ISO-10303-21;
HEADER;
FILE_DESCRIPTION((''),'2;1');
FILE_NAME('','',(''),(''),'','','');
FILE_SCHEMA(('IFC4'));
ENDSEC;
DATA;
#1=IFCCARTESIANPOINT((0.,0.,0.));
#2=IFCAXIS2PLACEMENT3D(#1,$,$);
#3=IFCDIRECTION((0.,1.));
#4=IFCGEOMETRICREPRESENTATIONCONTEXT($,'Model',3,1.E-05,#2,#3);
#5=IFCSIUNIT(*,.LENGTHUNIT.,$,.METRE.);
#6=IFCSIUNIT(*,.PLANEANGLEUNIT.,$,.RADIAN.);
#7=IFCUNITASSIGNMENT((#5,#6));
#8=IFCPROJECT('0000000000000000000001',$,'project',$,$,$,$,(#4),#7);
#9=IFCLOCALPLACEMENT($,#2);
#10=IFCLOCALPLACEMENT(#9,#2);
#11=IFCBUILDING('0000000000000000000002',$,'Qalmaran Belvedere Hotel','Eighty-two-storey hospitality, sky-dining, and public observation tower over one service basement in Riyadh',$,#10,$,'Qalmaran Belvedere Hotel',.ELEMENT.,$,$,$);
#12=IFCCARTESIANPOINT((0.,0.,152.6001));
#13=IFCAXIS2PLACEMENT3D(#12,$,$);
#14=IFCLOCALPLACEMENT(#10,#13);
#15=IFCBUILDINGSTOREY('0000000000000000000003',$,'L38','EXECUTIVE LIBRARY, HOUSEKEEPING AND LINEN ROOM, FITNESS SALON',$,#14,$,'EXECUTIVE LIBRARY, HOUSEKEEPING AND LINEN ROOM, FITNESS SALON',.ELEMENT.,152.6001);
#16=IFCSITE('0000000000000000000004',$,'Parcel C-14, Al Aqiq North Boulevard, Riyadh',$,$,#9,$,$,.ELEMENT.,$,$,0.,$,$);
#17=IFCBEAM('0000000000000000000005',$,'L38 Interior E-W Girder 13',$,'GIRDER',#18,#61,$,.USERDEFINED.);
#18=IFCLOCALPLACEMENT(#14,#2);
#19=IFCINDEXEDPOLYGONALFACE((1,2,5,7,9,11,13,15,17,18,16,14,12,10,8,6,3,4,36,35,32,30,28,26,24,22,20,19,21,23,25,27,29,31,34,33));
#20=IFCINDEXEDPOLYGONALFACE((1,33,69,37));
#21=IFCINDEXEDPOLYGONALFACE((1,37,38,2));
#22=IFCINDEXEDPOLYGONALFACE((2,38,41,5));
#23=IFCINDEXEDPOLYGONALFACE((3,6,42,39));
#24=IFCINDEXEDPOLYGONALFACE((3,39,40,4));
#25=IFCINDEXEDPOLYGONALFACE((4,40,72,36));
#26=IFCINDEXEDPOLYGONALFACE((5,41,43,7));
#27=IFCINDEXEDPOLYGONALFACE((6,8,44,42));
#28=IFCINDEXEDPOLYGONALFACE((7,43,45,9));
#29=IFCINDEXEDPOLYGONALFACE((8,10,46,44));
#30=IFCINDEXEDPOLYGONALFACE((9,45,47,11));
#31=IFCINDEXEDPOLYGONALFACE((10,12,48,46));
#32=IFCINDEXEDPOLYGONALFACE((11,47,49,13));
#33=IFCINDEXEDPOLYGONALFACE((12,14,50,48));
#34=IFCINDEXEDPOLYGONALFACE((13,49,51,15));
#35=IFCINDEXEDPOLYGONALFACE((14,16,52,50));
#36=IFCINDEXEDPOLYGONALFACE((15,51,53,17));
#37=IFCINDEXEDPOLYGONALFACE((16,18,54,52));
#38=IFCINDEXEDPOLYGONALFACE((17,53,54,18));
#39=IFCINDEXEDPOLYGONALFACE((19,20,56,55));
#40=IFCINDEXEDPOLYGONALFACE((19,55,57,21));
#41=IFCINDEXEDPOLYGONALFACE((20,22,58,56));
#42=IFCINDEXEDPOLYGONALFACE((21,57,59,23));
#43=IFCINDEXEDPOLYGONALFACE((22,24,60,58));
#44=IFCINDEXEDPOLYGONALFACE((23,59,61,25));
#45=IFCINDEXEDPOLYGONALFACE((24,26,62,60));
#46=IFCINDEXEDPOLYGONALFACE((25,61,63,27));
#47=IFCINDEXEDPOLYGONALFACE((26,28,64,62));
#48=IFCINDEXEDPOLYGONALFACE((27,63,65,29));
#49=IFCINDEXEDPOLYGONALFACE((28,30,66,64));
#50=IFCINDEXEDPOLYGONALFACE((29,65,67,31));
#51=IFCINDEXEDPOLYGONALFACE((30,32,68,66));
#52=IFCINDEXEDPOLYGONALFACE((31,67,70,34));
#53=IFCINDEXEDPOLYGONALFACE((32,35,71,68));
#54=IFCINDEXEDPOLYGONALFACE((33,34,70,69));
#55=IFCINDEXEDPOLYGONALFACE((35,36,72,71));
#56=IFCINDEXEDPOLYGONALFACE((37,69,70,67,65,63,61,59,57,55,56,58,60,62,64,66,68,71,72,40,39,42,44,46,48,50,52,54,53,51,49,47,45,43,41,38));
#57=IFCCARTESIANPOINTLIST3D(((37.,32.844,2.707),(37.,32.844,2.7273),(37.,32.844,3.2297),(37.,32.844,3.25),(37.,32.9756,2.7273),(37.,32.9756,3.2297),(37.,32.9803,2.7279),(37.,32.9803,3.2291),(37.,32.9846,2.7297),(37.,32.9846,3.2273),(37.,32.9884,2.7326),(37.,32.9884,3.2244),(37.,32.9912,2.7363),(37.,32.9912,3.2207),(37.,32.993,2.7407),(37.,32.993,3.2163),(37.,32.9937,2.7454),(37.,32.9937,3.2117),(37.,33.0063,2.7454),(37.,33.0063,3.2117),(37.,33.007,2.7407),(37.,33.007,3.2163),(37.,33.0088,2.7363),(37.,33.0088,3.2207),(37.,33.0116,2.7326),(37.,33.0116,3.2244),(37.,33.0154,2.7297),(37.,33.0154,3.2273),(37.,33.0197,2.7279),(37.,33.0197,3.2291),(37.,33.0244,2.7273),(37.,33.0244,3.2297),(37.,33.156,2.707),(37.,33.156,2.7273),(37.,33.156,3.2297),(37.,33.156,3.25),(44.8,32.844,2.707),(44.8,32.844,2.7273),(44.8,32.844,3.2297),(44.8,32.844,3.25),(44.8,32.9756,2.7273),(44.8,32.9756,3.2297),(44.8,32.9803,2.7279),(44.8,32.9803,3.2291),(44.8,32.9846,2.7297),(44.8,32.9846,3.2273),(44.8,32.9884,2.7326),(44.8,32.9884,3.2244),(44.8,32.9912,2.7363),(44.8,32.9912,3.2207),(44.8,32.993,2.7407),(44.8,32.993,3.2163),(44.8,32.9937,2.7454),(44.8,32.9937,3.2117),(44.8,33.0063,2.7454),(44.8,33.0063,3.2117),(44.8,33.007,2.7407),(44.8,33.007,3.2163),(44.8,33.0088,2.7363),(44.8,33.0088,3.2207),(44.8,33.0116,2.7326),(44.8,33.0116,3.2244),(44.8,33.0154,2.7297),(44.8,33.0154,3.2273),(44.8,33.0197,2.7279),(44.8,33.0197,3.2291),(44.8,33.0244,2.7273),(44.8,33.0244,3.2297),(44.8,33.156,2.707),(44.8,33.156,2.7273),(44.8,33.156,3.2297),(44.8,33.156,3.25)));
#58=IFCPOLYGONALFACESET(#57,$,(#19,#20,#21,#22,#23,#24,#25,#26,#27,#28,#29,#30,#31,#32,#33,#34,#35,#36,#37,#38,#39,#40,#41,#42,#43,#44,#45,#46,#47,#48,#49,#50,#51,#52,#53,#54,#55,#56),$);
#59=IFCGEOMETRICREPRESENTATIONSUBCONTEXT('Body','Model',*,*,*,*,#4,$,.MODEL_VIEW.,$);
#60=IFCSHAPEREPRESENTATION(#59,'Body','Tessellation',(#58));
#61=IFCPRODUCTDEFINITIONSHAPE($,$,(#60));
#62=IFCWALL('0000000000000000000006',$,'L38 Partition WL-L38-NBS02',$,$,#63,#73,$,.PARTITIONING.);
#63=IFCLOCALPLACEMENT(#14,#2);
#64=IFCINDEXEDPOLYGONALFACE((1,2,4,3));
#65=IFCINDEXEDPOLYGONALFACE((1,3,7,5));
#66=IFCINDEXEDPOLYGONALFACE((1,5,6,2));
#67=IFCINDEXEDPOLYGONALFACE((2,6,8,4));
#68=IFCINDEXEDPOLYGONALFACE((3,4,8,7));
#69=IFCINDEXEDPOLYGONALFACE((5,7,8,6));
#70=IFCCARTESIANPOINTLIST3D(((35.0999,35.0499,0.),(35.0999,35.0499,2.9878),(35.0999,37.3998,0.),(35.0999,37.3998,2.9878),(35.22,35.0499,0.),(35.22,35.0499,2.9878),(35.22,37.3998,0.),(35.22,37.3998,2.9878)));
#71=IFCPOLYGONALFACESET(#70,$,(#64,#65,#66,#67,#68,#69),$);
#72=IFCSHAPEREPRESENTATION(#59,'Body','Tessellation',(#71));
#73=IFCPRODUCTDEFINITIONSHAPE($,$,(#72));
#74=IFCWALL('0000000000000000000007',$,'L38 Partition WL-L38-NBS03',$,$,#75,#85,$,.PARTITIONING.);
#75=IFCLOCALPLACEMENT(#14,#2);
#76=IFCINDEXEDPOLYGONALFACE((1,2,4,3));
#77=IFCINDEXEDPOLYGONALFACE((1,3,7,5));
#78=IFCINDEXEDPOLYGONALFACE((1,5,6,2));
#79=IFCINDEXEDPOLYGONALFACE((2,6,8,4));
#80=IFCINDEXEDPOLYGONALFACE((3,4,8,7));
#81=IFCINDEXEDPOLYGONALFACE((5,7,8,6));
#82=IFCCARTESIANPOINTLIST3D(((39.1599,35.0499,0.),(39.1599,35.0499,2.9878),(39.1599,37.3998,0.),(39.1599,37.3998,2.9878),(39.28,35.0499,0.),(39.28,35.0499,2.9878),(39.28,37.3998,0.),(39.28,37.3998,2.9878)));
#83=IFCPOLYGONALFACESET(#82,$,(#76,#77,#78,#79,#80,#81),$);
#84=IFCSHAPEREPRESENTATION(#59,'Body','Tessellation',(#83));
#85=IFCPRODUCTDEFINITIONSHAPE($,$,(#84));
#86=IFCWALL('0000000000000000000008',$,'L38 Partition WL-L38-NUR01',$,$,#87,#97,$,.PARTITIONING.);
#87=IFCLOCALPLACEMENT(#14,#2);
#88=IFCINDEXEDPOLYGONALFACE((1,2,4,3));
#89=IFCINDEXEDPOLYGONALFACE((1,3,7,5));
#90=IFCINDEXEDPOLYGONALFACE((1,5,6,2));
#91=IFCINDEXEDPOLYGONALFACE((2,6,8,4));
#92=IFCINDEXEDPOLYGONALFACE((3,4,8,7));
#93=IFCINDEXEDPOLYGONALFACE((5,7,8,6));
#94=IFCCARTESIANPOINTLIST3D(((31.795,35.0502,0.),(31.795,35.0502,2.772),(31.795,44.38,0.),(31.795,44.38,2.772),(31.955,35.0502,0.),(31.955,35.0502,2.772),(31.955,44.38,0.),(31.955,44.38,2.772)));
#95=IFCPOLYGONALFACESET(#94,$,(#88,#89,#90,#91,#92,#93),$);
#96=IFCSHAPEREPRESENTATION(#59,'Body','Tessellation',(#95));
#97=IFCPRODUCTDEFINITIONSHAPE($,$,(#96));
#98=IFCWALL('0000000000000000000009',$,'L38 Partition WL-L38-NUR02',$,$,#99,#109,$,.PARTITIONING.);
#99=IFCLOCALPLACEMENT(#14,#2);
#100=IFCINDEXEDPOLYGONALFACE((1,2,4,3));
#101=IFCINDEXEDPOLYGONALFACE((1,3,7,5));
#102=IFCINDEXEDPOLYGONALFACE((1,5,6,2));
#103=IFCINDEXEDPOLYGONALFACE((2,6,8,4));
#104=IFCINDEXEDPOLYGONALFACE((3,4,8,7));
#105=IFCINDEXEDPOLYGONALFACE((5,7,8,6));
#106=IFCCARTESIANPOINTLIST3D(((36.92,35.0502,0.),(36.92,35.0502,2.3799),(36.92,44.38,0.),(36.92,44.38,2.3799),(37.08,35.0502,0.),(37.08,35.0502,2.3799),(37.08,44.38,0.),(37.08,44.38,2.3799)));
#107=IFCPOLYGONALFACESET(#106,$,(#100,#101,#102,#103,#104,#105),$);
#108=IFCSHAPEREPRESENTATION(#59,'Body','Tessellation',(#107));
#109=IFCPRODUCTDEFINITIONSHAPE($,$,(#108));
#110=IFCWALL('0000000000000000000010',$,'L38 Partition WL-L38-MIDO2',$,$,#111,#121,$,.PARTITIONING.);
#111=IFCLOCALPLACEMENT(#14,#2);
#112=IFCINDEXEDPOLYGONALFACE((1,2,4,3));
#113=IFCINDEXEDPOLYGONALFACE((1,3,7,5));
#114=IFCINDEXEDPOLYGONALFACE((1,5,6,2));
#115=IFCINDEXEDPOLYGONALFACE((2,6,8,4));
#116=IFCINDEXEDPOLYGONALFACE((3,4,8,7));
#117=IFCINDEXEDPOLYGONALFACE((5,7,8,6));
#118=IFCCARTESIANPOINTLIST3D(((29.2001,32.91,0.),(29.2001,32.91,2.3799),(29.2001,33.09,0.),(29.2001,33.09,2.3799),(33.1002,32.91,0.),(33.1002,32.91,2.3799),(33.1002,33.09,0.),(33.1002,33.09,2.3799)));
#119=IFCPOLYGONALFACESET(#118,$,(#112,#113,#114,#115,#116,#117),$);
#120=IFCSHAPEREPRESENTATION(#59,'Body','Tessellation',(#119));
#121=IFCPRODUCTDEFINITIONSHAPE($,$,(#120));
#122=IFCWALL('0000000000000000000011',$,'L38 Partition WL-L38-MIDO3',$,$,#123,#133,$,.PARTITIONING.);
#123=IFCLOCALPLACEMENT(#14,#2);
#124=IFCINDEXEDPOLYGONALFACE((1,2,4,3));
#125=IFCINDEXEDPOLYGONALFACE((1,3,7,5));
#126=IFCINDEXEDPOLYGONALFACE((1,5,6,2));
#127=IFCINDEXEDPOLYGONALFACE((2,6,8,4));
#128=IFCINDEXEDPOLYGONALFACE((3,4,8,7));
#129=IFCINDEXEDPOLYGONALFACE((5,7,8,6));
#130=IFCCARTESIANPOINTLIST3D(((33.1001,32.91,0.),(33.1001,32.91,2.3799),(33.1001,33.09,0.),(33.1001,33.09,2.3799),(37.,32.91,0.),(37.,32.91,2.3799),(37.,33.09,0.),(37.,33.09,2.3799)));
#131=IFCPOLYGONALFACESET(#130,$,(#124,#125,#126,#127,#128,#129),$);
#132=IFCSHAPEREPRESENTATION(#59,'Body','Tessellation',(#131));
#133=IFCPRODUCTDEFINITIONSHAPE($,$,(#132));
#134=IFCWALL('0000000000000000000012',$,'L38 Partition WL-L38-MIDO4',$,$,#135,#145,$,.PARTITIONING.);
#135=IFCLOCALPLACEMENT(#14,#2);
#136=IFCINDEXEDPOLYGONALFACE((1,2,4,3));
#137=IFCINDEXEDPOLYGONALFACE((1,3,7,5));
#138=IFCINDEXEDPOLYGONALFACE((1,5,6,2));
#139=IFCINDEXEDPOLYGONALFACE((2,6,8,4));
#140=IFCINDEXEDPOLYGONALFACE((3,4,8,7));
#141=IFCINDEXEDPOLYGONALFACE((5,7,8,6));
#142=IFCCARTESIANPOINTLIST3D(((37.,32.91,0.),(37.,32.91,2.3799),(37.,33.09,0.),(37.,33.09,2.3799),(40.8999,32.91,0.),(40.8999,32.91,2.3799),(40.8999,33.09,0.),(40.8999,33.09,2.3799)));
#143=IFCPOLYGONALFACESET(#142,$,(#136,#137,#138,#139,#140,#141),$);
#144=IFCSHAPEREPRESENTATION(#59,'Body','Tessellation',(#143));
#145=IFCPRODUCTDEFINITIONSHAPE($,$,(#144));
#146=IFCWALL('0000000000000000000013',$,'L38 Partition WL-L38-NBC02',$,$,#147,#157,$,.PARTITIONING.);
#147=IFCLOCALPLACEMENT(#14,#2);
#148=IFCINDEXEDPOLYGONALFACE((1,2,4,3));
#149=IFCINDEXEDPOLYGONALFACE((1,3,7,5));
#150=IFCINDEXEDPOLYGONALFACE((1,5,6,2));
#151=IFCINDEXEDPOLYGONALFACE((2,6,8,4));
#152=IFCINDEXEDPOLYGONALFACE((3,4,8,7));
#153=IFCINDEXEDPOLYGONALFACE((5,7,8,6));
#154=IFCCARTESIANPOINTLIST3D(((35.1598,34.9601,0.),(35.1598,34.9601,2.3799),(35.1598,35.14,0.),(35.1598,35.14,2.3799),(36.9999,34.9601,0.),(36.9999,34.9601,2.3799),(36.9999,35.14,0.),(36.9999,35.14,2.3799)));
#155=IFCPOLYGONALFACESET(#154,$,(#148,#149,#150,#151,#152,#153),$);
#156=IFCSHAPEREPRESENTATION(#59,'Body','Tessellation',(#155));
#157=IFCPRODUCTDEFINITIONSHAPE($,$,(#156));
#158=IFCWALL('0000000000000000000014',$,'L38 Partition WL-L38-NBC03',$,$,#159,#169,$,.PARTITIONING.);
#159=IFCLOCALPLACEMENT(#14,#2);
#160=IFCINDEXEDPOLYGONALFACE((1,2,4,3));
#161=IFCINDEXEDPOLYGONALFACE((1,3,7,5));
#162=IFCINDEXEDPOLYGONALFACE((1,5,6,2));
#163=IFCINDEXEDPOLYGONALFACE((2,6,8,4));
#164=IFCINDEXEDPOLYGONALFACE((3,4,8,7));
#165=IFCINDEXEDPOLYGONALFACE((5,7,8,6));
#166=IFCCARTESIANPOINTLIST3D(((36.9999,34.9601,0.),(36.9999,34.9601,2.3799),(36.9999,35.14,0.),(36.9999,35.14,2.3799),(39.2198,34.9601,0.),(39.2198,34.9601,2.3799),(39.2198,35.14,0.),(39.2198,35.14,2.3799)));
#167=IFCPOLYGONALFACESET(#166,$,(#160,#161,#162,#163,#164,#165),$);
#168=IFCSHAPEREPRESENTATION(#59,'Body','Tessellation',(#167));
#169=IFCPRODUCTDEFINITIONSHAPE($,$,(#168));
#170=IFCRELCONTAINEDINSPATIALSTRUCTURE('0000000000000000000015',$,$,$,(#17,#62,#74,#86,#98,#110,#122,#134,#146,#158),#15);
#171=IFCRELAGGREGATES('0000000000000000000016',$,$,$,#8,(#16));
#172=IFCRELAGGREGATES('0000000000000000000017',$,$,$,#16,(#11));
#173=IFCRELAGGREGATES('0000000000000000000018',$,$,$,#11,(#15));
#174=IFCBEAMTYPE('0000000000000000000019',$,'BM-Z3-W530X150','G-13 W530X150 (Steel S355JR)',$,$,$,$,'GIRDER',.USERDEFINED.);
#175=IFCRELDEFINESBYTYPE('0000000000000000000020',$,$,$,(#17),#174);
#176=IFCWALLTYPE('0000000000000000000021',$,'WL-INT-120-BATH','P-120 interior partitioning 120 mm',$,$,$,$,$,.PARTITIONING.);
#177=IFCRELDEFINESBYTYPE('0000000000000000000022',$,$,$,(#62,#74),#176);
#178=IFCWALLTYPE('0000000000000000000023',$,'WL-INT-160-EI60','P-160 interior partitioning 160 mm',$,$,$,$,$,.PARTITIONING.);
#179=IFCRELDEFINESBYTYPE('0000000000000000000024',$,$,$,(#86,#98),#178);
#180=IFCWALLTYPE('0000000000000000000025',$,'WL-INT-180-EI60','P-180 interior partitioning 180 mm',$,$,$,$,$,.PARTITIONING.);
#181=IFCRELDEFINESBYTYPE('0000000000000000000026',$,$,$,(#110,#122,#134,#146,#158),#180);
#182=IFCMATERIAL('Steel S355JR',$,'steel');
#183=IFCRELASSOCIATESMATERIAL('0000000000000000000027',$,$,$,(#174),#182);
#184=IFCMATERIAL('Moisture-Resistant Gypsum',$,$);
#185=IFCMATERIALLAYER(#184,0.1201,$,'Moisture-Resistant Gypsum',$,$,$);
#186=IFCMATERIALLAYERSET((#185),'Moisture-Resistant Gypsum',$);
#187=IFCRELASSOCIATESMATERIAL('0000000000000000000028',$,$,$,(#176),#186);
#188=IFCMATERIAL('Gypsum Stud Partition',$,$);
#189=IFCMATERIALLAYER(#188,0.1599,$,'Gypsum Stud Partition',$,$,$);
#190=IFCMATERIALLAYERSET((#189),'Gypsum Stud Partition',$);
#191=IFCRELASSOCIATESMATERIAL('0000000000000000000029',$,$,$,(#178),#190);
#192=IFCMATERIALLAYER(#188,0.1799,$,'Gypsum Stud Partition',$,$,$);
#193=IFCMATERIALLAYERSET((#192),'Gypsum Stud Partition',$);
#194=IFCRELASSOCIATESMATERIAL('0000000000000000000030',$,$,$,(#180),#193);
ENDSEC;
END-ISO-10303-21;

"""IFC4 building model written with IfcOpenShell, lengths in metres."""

from ifc_helpers import new_model, si_unit, direction, frame, frame_2d, origin, origin_2d, place, context, subcontext, project, spatial, rectangle, i_section, extrude, material, layer, layer_set, material_profile, profile_set, type_object, element, save


model = new_model("IFC4")

# Units and contexts
model_context = context("Model", 3, precision=1e-05, world=origin(), true_north=direction((0.0, 1.0)))
body_context = subcontext(model_context, "Body", "Model", "MODEL_VIEW")
ifc_project = project(units=[si_unit("LENGTHUNIT", "METRE"), si_unit("PLANEANGLEUNIT", "RADIAN")], contexts=[model_context])

# Site, building, storey
site_placement = place(None, origin())
site = spatial("IfcSite", under=ifc_project, at=site_placement, Name="Parcel C-14, Al Aqiq North Boulevard, Riyadh", CompositionType="ELEMENT", RefElevation=0.0)
building_placement = place(site_placement, origin())
building = spatial("IfcBuilding", under=site, at=building_placement, Name="Qalmaran Belvedere Hotel", Description="Eighty-two-storey hospitality, sky-dining, and public observation tower over one service basement in Riyadh", LongName="Qalmaran Belvedere Hotel", CompositionType="ELEMENT")
storey_placement = place(building_placement, frame((0.0, 0.0, 152.6001)))
storey = spatial("IfcBuildingStorey", under=building, at=storey_placement, Name="L38", Description="EXECUTIVE LIBRARY, HOUSEKEEPING AND LINEN ROOM, FITNESS SALON", LongName="EXECUTIVE LIBRARY, HOUSEKEEPING AND LINEN ROOM, FITNESS SALON", CompositionType="ELEMENT", Elevation=152.6001)

# Beam
ifc_material_1 = material(Name="Steel S355JR", Category="steel")
ifc_material_profile_1 = material_profile(ifc_material_1, i_section(OverallWidth=0.312, OverallDepth=0.543, WebThickness=0.0127, FlangeThickness=0.0203, FilletRadius=0.0181, at=origin_2d()), Name="W530X150")
ifc_profile_set_1 = profile_set([ifc_material_profile_1], Name="Steel S355JR")
beam_type_1 = type_object("IfcBeamType", Name="BM-Z3-W530X150", Description="G-13 W530X150 (Steel S355JR)", ElementType="GIRDER", PredefinedType="USERDEFINED", material=ifc_profile_set_1)
for number, where, z_axis, x_axis, name in (
    (1, (37.0, 33.0, 2.9785), (1.0, 0.0, 0.0), (0.0, 1.0, 0.0), "L38 Interior E-W Girder 13"),
):
    element("IfcBeam", number, at=place(storey_placement, frame(where, z_axis=z_axis, x_axis=x_axis)), inside=storey, type_object=beam_type_1, Name=name, ObjectType="GIRDER", PredefinedType="USERDEFINED", context=body_context, shape_type="SweptSolid", body=[
        extrude(i_section(OverallWidth=0.312, OverallDepth=0.543, WebThickness=0.0127, FlangeThickness=0.0203, FilletRadius=0.0181, at=origin_2d()), origin(), (0.0, 0.0, 1.0), 7.8),
    ])

# Walls
ifc_material_2 = material(Name="Moisture-Resistant Gypsum")
ifc_layer_1 = layer(ifc_material_2, 0.1201, Name="Moisture-Resistant Gypsum")
ifc_layer_set_1 = layer_set([ifc_layer_1], Name="Moisture-Resistant Gypsum")
wall_type_1 = type_object("IfcWallType", Name="WL-INT-120-BATH", Description="P-120 interior partitioning 120 mm", PredefinedType="PARTITIONING", material=ifc_layer_set_1)
for number, where, z_axis, x_axis, name in (
    (2, (35.1599, 35.05, 0.0), (0.0, 0.0, 1.0), (0.0, 1.0, 0.0), "L38 Partition WL-L38-NBS02"),
    (3, (39.22, 35.05, 0.0), (0.0, 0.0, 1.0), (0.0, 1.0, 0.0), "L38 Partition WL-L38-NBS03"),
):
    element("IfcWall", number, at=place(storey_placement, frame(where, z_axis=z_axis, x_axis=x_axis)), inside=storey, type_object=wall_type_1, Name=name, PredefinedType="PARTITIONING", context=body_context, shape_type="SweptSolid", body=[
        extrude(rectangle(XDim=2.3499, YDim=0.1201, at=frame_2d((1.1748, 0.0))), origin(), (0.0, 0.0, 1.0), 2.9878),
    ])
ifc_material_3 = material(Name="Gypsum Stud Partition")
ifc_layer_2 = layer(ifc_material_3, 0.1599, Name="Gypsum Stud Partition")
ifc_layer_set_2 = layer_set([ifc_layer_2], Name="Gypsum Stud Partition")
wall_type_2 = type_object("IfcWallType", Name="WL-INT-160-EI60", Description="P-160 interior partitioning 160 mm", PredefinedType="PARTITIONING", material=ifc_layer_set_2)
wall_1_placement = place(storey_placement, frame((31.875, 35.05, 0.0), z_axis=(0.0, 0.0, 1.0), x_axis=(0.0, 1.0, 0.0)))
element("IfcWall", 4, at=wall_1_placement, inside=storey, type_object=wall_type_2, Name="L38 Partition WL-L38-NUR01", PredefinedType="PARTITIONING", context=body_context, shape_type="SweptSolid", body=[
    extrude(rectangle(XDim=9.3298, YDim=0.1599, at=frame_2d((4.665, 0.0))), origin(), (0.0, 0.0, 1.0), 2.772),
])
wall_2_placement = place(storey_placement, frame((37.0, 35.05, 0.0), z_axis=(0.0, 0.0, 1.0), x_axis=(0.0, 1.0, 0.0)))
element("IfcWall", 5, at=wall_2_placement, inside=storey, type_object=wall_type_2, Name="L38 Partition WL-L38-NUR02", PredefinedType="PARTITIONING", context=body_context, shape_type="SweptSolid", body=[
    extrude(rectangle(XDim=9.3298, YDim=0.1599, at=frame_2d((4.665, 0.0))), origin(), (0.0, 0.0, 1.0), 2.3799),
])
ifc_layer_3 = layer(ifc_material_3, 0.1799, Name="Gypsum Stud Partition")
ifc_layer_set_3 = layer_set([ifc_layer_3], Name="Gypsum Stud Partition")
wall_type_3 = type_object("IfcWallType", Name="WL-INT-180-EI60", Description="P-180 interior partitioning 180 mm", PredefinedType="PARTITIONING", material=ifc_layer_set_3)
wall_3_placement = place(storey_placement, frame((29.2, 33.0, 0.0), z_axis=(0.0, 0.0, 1.0), x_axis=(1.0, 0.0, 0.0)))
element("IfcWall", 6, at=wall_3_placement, inside=storey, type_object=wall_type_3, Name="L38 Partition WL-L38-MIDO2", PredefinedType="PARTITIONING", context=body_context, shape_type="SweptSolid", body=[
    extrude(rectangle(XDim=3.9001, YDim=0.1799, at=frame_2d((1.9502, 0.0))), origin(), (0.0, 0.0, 1.0), 2.3799),
])
for number, where, z_axis, x_axis, name in (
    (7, (33.1001, 33.0, 0.0), (0.0, 0.0, 1.0), (1.0, 0.0, 0.0), "L38 Partition WL-L38-MIDO3"),
    (8, (37.0, 33.0, 0.0), (0.0, 0.0, 1.0), (1.0, 0.0, 0.0), "L38 Partition WL-L38-MIDO4"),
):
    element("IfcWall", number, at=place(storey_placement, frame(where, z_axis=z_axis, x_axis=x_axis)), inside=storey, type_object=wall_type_3, Name=name, PredefinedType="PARTITIONING", context=body_context, shape_type="SweptSolid", body=[
        extrude(rectangle(XDim=3.8999, YDim=0.1799, at=frame_2d((1.95, 0.0))), origin(), (0.0, 0.0, 1.0), 2.3799),
    ])
wall_4_placement = place(storey_placement, frame((35.1599, 35.05, 0.0), z_axis=(0.0, 0.0, 1.0), x_axis=(1.0, 0.0, 0.0)))
element("IfcWall", 9, at=wall_4_placement, inside=storey, type_object=wall_type_3, Name="L38 Partition WL-L38-NBC02", PredefinedType="PARTITIONING", context=body_context, shape_type="SweptSolid", body=[
    extrude(rectangle(XDim=1.8401, YDim=0.1799, at=frame_2d((0.9199, 0.0))), origin(), (0.0, 0.0, 1.0), 2.3799),
])

# Wall
wall_5_placement = place(storey_placement, frame((37.0, 35.05, 0.0), z_axis=(0.0, 0.0, 1.0), x_axis=(1.0, 0.0, 0.0)))
element("IfcWall", 10, at=wall_5_placement, inside=storey, type_object=wall_type_3, Name="L38 Partition WL-L38-NBC03", PredefinedType="PARTITIONING", context=body_context, shape_type="SweptSolid", body=[
    extrude(rectangle(XDim=2.22, YDim=0.1799, at=frame_2d((1.1099, 0.0))), origin(), (0.0, 0.0, 1.0), 2.3799),
])

save(model, "model.ifc")
